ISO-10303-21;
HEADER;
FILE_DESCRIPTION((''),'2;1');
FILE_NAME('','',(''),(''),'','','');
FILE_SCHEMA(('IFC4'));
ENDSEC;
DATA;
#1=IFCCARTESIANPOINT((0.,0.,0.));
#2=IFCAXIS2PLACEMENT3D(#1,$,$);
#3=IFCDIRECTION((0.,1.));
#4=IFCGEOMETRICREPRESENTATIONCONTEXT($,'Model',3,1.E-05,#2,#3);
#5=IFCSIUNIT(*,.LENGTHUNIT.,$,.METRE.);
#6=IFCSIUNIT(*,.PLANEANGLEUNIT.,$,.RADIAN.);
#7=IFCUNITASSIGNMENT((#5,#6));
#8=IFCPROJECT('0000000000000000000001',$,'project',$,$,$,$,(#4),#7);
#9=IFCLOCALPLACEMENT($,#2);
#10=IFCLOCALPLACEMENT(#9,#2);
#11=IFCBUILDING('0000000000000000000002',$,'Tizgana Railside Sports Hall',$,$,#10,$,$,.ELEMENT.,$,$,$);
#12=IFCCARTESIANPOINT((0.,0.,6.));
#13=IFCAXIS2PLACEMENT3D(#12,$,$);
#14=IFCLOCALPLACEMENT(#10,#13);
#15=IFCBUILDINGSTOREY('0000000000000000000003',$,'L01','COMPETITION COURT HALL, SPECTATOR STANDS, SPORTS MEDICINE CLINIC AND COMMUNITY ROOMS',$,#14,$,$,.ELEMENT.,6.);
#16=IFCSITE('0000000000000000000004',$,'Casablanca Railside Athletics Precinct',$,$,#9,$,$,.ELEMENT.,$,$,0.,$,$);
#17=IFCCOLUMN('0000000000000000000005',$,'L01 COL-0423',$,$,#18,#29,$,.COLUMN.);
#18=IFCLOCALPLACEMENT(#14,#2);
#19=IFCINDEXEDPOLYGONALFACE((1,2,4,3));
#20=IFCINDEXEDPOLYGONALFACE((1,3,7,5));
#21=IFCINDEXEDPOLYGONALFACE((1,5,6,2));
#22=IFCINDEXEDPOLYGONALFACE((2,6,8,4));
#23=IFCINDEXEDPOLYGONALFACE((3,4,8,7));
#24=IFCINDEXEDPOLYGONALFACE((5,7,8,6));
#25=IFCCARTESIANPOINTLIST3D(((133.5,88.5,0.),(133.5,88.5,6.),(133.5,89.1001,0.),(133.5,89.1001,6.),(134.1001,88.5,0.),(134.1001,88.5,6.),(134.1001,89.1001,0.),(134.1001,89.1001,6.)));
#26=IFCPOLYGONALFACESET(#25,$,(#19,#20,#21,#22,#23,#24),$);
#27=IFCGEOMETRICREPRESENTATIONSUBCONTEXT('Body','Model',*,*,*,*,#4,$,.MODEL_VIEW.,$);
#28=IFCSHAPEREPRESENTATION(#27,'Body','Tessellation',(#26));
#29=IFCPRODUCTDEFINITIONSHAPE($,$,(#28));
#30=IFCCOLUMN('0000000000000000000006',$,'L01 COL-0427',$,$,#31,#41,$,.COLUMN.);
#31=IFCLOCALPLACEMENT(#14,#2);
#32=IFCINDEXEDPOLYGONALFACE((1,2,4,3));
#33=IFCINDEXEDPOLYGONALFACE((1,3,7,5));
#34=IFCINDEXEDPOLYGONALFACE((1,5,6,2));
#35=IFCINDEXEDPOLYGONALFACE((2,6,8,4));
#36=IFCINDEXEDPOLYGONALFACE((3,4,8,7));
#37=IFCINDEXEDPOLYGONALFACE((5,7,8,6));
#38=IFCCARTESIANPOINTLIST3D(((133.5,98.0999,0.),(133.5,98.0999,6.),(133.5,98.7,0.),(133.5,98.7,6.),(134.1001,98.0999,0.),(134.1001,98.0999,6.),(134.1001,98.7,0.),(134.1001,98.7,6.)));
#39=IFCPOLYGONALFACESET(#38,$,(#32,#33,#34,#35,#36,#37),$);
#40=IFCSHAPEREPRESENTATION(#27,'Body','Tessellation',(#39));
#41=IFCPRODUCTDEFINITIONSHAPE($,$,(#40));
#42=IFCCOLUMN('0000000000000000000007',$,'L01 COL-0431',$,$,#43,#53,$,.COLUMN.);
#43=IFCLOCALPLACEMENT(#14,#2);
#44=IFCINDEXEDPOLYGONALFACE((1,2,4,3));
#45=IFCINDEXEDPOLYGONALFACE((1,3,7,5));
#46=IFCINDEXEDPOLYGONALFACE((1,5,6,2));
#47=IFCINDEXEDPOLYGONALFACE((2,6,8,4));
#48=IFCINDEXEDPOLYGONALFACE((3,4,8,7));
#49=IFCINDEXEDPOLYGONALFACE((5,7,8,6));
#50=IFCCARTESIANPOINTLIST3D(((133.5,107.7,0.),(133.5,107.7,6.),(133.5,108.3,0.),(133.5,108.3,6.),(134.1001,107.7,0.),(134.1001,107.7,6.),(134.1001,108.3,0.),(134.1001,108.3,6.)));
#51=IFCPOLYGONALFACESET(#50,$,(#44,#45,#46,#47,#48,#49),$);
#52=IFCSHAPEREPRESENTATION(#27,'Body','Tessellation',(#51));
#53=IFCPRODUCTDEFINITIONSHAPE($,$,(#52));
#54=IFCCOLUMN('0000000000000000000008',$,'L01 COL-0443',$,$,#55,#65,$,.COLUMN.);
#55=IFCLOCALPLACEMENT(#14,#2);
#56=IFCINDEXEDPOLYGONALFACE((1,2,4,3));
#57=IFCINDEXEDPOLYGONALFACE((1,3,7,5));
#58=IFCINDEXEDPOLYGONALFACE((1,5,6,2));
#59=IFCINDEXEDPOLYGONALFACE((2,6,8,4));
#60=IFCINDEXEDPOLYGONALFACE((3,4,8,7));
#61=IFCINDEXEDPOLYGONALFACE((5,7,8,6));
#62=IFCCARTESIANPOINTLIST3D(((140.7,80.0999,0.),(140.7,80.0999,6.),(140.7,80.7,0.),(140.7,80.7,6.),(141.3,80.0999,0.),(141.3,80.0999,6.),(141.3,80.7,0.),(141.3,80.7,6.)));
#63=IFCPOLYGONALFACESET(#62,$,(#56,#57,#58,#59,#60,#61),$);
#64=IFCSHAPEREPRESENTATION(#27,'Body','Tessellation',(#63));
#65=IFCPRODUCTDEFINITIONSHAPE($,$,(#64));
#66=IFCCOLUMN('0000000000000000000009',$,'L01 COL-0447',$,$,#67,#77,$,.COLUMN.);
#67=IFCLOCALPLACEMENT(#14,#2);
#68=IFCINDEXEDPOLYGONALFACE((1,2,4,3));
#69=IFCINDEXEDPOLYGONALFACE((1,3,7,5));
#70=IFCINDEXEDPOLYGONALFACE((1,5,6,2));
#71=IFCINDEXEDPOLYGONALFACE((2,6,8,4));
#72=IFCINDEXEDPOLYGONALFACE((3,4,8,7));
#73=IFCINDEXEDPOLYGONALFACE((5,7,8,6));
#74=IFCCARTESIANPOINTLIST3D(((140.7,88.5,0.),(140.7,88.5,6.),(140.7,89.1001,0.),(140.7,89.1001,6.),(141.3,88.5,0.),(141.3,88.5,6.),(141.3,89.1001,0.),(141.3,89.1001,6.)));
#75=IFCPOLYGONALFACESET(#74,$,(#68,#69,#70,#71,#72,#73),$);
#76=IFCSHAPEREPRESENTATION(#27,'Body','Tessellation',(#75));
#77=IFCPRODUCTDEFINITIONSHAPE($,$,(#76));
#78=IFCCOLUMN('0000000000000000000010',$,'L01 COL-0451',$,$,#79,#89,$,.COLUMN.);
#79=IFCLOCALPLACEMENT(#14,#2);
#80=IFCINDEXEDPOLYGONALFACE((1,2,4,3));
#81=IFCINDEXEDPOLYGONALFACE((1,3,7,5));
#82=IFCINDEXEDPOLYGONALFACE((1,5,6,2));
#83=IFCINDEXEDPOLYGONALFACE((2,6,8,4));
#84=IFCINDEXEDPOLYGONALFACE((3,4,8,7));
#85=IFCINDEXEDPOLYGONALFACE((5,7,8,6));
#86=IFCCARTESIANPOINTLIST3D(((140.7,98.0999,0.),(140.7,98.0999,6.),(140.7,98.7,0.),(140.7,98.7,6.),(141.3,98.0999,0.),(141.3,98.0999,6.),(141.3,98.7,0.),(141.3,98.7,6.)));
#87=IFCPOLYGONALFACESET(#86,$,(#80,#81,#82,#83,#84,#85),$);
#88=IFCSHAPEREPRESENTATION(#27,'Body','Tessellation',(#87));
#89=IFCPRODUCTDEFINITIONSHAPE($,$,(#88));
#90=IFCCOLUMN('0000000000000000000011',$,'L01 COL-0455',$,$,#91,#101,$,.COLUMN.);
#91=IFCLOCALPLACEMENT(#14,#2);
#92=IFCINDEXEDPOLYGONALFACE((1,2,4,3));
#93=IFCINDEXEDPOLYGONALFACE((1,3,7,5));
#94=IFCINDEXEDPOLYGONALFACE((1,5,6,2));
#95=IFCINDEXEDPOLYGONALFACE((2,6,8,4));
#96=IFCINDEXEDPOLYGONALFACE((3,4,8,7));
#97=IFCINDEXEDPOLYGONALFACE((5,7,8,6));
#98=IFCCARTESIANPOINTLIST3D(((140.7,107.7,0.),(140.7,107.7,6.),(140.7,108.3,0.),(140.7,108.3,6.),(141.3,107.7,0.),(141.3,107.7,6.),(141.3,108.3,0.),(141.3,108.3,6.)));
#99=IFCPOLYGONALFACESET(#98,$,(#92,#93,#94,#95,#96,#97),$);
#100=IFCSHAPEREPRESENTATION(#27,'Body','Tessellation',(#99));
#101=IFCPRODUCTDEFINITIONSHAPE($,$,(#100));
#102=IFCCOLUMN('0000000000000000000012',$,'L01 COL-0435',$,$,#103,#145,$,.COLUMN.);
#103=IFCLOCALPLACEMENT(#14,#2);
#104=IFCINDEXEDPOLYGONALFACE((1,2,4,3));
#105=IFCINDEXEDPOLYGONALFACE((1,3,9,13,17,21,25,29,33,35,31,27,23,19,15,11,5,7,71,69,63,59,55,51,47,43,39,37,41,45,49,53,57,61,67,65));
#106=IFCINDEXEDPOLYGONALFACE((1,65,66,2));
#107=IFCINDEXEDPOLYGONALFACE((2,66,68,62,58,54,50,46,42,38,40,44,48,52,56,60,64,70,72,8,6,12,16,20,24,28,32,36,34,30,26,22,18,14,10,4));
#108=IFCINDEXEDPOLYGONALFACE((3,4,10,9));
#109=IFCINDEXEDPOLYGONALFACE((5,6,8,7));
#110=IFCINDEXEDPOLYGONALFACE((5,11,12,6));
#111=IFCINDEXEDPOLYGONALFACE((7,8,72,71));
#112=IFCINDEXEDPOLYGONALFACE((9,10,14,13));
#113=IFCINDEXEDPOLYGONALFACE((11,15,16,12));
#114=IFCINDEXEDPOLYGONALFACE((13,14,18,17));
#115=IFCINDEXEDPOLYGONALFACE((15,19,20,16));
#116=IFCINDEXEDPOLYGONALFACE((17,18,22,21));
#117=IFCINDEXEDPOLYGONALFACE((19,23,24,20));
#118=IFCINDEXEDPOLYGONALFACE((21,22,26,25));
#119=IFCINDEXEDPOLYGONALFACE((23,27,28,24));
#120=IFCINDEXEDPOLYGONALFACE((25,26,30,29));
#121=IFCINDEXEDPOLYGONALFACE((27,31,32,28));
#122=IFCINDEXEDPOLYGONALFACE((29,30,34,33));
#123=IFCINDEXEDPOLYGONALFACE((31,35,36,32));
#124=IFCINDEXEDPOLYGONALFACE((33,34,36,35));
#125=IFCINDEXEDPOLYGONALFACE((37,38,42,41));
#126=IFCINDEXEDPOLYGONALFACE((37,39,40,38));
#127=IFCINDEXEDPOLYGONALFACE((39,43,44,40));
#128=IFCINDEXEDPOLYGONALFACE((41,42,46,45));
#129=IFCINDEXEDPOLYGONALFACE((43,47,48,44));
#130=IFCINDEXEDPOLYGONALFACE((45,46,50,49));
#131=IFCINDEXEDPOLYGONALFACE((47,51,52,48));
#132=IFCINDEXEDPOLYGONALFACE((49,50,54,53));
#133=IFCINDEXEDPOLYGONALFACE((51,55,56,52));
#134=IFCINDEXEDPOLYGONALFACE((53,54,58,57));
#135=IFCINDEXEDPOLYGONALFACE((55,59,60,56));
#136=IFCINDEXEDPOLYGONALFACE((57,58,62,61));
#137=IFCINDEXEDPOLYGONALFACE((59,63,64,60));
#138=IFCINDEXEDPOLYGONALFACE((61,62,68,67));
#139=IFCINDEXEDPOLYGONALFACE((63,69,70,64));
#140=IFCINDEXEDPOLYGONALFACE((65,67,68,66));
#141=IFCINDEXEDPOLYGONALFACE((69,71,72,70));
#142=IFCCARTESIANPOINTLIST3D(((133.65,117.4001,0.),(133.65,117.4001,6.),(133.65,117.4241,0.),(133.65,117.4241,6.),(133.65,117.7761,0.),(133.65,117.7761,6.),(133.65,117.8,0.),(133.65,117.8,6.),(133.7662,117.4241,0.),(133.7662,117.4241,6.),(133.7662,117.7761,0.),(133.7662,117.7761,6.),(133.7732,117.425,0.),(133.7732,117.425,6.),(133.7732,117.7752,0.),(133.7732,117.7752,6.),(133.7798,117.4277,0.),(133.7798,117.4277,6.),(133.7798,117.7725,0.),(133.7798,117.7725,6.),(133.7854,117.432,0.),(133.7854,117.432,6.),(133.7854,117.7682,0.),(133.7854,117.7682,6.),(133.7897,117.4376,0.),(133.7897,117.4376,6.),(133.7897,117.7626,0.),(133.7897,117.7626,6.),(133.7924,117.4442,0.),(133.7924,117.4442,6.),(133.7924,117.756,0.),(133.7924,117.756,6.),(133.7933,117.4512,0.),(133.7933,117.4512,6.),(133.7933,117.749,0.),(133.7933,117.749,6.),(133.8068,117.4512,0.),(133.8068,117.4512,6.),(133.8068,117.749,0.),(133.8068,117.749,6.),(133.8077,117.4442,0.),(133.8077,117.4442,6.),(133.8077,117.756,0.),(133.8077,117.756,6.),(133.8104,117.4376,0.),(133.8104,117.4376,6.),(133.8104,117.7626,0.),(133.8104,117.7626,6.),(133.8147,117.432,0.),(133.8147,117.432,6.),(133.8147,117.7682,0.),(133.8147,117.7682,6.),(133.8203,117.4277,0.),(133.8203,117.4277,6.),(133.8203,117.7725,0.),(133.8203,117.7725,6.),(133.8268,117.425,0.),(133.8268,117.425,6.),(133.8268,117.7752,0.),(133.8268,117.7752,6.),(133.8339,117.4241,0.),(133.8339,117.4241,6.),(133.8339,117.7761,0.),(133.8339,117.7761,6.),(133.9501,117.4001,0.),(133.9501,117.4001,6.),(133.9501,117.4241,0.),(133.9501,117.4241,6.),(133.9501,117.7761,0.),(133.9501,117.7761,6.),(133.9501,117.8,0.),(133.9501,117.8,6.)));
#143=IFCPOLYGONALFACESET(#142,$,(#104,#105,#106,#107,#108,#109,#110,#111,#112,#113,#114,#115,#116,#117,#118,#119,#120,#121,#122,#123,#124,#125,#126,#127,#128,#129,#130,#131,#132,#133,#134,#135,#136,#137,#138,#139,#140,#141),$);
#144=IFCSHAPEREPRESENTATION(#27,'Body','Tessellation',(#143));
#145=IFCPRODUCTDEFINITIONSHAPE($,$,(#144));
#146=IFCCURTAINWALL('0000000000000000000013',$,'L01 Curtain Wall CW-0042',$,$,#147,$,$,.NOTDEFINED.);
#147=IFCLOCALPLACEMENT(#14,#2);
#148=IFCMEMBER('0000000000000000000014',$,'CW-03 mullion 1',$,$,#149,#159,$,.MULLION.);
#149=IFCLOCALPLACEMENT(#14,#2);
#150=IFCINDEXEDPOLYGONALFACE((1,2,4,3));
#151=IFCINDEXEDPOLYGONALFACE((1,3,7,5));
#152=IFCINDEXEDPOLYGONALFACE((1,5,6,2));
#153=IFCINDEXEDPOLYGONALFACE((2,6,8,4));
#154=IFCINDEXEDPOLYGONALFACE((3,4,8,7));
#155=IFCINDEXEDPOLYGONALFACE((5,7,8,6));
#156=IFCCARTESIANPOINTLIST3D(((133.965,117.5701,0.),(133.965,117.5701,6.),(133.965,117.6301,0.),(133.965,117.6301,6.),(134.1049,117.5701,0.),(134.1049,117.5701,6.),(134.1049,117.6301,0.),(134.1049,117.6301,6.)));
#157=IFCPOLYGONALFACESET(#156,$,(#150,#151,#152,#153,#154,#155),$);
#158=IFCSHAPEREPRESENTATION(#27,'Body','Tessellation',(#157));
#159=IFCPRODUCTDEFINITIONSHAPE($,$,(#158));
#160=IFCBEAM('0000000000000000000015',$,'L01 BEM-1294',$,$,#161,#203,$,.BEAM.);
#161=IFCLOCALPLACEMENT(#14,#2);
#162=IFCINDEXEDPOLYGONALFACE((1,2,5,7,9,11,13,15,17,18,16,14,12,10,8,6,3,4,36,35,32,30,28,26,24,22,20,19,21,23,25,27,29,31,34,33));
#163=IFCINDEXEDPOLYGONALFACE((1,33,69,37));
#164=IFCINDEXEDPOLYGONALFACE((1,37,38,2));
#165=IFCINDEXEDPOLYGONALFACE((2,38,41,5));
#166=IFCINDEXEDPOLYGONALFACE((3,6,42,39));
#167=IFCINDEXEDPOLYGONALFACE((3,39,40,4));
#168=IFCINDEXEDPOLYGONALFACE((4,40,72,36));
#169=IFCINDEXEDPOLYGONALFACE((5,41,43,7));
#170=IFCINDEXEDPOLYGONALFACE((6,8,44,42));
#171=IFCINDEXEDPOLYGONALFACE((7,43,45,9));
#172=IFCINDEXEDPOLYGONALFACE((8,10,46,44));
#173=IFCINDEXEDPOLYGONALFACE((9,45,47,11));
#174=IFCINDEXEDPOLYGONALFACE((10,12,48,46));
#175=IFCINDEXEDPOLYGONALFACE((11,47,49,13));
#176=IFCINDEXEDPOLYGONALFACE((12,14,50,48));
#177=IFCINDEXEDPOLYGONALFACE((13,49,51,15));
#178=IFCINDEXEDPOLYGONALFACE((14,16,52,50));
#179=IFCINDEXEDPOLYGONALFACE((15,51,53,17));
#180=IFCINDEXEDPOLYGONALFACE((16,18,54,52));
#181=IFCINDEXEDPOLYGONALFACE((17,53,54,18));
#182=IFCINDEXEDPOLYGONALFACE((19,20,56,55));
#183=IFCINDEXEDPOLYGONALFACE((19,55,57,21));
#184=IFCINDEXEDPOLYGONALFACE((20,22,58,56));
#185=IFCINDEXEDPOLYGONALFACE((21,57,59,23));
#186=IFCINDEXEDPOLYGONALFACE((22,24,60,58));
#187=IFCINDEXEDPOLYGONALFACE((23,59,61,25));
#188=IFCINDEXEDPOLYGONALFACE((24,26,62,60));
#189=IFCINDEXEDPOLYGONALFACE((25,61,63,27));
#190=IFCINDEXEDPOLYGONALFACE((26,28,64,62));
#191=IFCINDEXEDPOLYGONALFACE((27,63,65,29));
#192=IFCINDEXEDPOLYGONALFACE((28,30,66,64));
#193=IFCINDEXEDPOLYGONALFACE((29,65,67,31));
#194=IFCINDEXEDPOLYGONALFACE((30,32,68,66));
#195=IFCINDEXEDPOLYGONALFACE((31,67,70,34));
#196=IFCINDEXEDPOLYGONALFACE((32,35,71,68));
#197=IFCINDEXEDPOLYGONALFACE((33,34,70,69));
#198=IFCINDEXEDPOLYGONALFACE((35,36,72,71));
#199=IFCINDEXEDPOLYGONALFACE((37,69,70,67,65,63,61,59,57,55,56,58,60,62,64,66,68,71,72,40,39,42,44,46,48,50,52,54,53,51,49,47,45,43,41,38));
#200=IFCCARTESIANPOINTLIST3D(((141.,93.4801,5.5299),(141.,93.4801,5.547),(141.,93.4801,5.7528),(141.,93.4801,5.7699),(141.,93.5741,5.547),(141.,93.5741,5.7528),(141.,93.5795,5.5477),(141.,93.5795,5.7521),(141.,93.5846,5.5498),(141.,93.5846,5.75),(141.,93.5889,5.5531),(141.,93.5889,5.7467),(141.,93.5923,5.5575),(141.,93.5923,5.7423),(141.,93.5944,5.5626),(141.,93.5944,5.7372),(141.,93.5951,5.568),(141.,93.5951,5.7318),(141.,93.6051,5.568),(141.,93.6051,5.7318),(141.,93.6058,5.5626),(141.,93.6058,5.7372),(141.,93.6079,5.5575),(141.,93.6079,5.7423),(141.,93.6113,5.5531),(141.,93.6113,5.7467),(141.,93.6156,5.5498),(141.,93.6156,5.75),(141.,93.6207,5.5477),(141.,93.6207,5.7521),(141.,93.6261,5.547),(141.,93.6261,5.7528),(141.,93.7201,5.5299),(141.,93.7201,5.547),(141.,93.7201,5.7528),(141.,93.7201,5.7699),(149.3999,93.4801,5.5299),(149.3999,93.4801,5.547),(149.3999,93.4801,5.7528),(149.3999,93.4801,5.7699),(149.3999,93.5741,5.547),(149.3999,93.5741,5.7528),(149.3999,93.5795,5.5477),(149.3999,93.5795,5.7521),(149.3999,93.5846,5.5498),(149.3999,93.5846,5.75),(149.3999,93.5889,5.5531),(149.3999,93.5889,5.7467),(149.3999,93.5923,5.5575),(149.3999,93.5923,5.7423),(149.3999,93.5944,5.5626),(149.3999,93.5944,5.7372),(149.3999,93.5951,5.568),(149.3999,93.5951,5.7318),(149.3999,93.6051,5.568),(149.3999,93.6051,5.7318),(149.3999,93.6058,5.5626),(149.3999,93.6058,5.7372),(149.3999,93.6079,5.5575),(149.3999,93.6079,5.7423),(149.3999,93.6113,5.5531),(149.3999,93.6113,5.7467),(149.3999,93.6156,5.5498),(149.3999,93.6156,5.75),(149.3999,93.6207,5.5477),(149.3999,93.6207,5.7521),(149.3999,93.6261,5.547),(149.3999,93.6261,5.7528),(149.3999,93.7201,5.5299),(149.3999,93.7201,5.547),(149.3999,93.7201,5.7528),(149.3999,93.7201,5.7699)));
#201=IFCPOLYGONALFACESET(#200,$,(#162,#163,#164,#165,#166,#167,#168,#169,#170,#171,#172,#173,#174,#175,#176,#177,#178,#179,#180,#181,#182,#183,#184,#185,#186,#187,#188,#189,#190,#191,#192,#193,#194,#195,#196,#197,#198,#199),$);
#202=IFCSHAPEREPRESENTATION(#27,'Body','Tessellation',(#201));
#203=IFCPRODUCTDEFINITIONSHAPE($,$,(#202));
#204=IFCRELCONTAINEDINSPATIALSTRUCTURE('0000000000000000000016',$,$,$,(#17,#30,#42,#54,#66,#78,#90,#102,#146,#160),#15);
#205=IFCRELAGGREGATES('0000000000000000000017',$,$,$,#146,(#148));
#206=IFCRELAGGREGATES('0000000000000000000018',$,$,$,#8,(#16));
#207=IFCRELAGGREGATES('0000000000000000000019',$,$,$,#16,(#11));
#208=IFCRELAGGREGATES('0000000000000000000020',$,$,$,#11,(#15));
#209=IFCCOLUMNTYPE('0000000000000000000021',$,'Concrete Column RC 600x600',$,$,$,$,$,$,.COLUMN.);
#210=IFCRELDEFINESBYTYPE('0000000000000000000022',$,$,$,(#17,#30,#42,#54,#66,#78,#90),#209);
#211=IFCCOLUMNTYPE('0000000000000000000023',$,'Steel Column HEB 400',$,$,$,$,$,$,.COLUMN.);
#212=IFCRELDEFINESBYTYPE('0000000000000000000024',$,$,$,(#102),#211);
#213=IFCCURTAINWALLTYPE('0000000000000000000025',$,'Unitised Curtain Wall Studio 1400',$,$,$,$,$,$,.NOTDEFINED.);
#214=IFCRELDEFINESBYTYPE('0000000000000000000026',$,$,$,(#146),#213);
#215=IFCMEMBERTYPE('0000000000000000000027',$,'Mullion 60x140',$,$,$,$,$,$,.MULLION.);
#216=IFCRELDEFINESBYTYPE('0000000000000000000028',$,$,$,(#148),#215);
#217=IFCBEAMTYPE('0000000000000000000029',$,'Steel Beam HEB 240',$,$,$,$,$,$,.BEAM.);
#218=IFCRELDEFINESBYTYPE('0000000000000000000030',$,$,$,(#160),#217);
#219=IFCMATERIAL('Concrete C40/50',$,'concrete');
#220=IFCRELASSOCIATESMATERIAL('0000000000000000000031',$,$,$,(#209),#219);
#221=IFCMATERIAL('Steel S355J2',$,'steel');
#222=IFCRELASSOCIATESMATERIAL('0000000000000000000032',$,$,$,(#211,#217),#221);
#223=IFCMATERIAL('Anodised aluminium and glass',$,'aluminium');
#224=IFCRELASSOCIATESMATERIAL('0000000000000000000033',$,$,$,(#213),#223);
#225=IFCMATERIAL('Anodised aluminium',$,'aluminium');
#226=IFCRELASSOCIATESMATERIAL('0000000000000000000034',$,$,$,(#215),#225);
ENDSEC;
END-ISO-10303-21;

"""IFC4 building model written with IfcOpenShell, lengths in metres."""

from ifc_helpers import new_model, si_unit, direction, frame, origin, origin_2d, place, context, subcontext, project, spatial, rectangle, i_section, extrude, material, material_profile, profile_set, type_object, element, aggregate, save


model = new_model("IFC4")

# Units and contexts
model_context = context("Model", 3, precision=1e-05, world=origin(), true_north=direction((0.0, 1.0)))
body_context = subcontext(model_context, "Body", "Model", "MODEL_VIEW")
ifc_project = project(units=[si_unit("LENGTHUNIT", "METRE"), si_unit("PLANEANGLEUNIT", "RADIAN")], contexts=[model_context])

# Site, building, storey
site_placement = place(None, origin())
site = spatial("IfcSite", under=ifc_project, at=site_placement, Name="Casablanca Railside Athletics Precinct", CompositionType="ELEMENT", RefElevation=0.0)
building_placement = place(site_placement, origin())
building = spatial("IfcBuilding", under=site, at=building_placement, Name="Tizgana Railside Sports Hall", CompositionType="ELEMENT")
storey_placement = place(building_placement, frame((0.0, 0.0, 6.0)))
storey = spatial("IfcBuildingStorey", under=building, at=storey_placement, Name="L01", Description="COMPETITION COURT HALL, SPECTATOR STANDS, SPORTS MEDICINE CLINIC AND COMMUNITY ROOMS", CompositionType="ELEMENT", Elevation=6.0)

# Columns
ifc_material_1 = material(Name="Concrete C40/50", Category="concrete")
ifc_material_profile_1 = material_profile(ifc_material_1, rectangle(XDim=0.6001, YDim=0.6001, at=origin_2d()), Name="RC 600x600")
ifc_profile_set_1 = profile_set([ifc_material_profile_1], Name="Concrete C40/50")
column_type_1 = type_object("IfcColumnType", Name="Concrete Column RC 600x600", PredefinedType="COLUMN", material=ifc_profile_set_1)
for number, where, z_axis, x_axis, name in (
    (1, (133.8, 88.8, 0.0), (0.0, 0.0, 1.0), (1.0, 0.0, 0.0), "L01 COL-0423"),
    (2, (133.8, 98.3999, 0.0), (0.0, 0.0, 1.0), (1.0, 0.0, 0.0), "L01 COL-0427"),
    (3, (133.8, 108.0, 0.0), (0.0, 0.0, 1.0), (1.0, 0.0, 0.0), "L01 COL-0431"),
    (4, (141.0, 80.3999, 0.0), (0.0, 0.0, 1.0), (1.0, 0.0, 0.0), "L01 COL-0443"),
    (5, (141.0, 88.8, 0.0), (0.0, 0.0, 1.0), (1.0, 0.0, 0.0), "L01 COL-0447"),
    (6, (141.0, 98.3999, 0.0), (0.0, 0.0, 1.0), (1.0, 0.0, 0.0), "L01 COL-0451"),
    (7, (141.0, 108.0, 0.0), (0.0, 0.0, 1.0), (1.0, 0.0, 0.0), "L01 COL-0455"),
):
    element("IfcColumn", number, at=place(storey_placement, frame(where, z_axis=z_axis, x_axis=x_axis)), inside=storey, type_object=column_type_1, Name=name, PredefinedType="COLUMN", context=body_context, shape_type="SweptSolid", body=[
        extrude(rectangle(XDim=0.6001, YDim=0.6001, at=origin_2d()), origin(), (0.0, 0.0, 1.0), 6.0),
    ])
ifc_material_2 = material(Name="Steel S355J2", Category="steel")
ifc_material_profile_2 = material_profile(ifc_material_2, i_section(OverallWidth=0.3, OverallDepth=0.3999, WebThickness=0.0134, FlangeThickness=0.0239, FilletRadius=0.0271, at=origin_2d()), Name="HEB 400")
ifc_profile_set_2 = profile_set([ifc_material_profile_2], Name="Steel S355J2")
column_type_2 = type_object("IfcColumnType", Name="Steel Column HEB 400", PredefinedType="COLUMN", material=ifc_profile_set_2)
column_placement = place(storey_placement, frame((133.8, 117.6001, 0.0), z_axis=(0.0, 0.0, 1.0), x_axis=(1.0, 0.0, 0.0)))
element("IfcColumn", 8, at=column_placement, inside=storey, type_object=column_type_2, Name="L01 COL-0435", PredefinedType="COLUMN", context=body_context, shape_type="SweptSolid", body=[
    extrude(i_section(OverallWidth=0.3, OverallDepth=0.3999, WebThickness=0.0134, FlangeThickness=0.0239, FilletRadius=0.0271, at=origin_2d()), origin(), (0.0, 0.0, 1.0), 6.0),
])

# Curtain wall, member
ifc_material_3 = material(Name="Anodised aluminium and glass", Category="aluminium")
curtain_wall_type = type_object("IfcCurtainWallType", Name="Unitised Curtain Wall Studio 1400", PredefinedType="NOTDEFINED", material=ifc_material_3)
curtain_wall_placement = place(storey_placement, origin())
curtain_wall = element("IfcCurtainWall", 9, at=curtain_wall_placement, inside=storey, type_object=curtain_wall_type, Name="L01 Curtain Wall CW-0042", PredefinedType="NOTDEFINED")
ifc_material_4 = material(Name="Anodised aluminium", Category="aluminium")
ifc_material_profile_3 = material_profile(ifc_material_4, rectangle(XDim=0.0601, YDim=0.1399, at=origin_2d()), Name="Mullion 60x140")
ifc_profile_set_3 = profile_set([ifc_material_profile_3], Name="Anodised aluminium")
member_type_1 = type_object("IfcMemberType", Name="Mullion 60x140", PredefinedType="MULLION", material=ifc_profile_set_3)
member_1_placement = place(storey_placement, frame((134.0349, 117.6001, 0.0), z_axis=(0.0, 0.0, 1.0), x_axis=(0.0, 1.0, 0.0)))
member_1 = element("IfcMember", 10, at=member_1_placement, type_object=member_type_1, Name="CW-03 mullion 1", PredefinedType="MULLION", context=body_context, shape_type="SweptSolid", body=[
    extrude(rectangle(XDim=0.0601, YDim=0.1399, at=origin_2d()), origin(), (0.0, 0.0, 1.0), 6.0),
])

# Beam
ifc_material_profile_4 = material_profile(ifc_material_2, i_section(OverallWidth=0.24, OverallDepth=0.24, WebThickness=0.01, FlangeThickness=0.0171, FilletRadius=0.021, at=origin_2d()), Name="HEB 240")
ifc_profile_set_4 = profile_set([ifc_material_profile_4], Name="Steel S355J2")
beam_type_1 = type_object("IfcBeamType", Name="Steel Beam HEB 240", PredefinedType="BEAM", material=ifc_profile_set_4)
beam_1_placement = place(storey_placement, frame((141.0, 93.6001, 5.6499), z_axis=(1.0, 0.0, 0.0), x_axis=(0.0, 1.0, 0.0)))
element("IfcBeam", 11, at=beam_1_placement, inside=storey, type_object=beam_type_1, Name="L01 BEM-1294", PredefinedType="BEAM", context=body_context, shape_type="SweptSolid", body=[
    extrude(i_section(OverallWidth=0.24, OverallDepth=0.24, WebThickness=0.01, FlangeThickness=0.0171, FilletRadius=0.021, at=origin_2d()), origin(), (0.0, 0.0, 1.0), 8.3999),
])

aggregate(curtain_wall, [member_1])

save(model, "model.ifc")
